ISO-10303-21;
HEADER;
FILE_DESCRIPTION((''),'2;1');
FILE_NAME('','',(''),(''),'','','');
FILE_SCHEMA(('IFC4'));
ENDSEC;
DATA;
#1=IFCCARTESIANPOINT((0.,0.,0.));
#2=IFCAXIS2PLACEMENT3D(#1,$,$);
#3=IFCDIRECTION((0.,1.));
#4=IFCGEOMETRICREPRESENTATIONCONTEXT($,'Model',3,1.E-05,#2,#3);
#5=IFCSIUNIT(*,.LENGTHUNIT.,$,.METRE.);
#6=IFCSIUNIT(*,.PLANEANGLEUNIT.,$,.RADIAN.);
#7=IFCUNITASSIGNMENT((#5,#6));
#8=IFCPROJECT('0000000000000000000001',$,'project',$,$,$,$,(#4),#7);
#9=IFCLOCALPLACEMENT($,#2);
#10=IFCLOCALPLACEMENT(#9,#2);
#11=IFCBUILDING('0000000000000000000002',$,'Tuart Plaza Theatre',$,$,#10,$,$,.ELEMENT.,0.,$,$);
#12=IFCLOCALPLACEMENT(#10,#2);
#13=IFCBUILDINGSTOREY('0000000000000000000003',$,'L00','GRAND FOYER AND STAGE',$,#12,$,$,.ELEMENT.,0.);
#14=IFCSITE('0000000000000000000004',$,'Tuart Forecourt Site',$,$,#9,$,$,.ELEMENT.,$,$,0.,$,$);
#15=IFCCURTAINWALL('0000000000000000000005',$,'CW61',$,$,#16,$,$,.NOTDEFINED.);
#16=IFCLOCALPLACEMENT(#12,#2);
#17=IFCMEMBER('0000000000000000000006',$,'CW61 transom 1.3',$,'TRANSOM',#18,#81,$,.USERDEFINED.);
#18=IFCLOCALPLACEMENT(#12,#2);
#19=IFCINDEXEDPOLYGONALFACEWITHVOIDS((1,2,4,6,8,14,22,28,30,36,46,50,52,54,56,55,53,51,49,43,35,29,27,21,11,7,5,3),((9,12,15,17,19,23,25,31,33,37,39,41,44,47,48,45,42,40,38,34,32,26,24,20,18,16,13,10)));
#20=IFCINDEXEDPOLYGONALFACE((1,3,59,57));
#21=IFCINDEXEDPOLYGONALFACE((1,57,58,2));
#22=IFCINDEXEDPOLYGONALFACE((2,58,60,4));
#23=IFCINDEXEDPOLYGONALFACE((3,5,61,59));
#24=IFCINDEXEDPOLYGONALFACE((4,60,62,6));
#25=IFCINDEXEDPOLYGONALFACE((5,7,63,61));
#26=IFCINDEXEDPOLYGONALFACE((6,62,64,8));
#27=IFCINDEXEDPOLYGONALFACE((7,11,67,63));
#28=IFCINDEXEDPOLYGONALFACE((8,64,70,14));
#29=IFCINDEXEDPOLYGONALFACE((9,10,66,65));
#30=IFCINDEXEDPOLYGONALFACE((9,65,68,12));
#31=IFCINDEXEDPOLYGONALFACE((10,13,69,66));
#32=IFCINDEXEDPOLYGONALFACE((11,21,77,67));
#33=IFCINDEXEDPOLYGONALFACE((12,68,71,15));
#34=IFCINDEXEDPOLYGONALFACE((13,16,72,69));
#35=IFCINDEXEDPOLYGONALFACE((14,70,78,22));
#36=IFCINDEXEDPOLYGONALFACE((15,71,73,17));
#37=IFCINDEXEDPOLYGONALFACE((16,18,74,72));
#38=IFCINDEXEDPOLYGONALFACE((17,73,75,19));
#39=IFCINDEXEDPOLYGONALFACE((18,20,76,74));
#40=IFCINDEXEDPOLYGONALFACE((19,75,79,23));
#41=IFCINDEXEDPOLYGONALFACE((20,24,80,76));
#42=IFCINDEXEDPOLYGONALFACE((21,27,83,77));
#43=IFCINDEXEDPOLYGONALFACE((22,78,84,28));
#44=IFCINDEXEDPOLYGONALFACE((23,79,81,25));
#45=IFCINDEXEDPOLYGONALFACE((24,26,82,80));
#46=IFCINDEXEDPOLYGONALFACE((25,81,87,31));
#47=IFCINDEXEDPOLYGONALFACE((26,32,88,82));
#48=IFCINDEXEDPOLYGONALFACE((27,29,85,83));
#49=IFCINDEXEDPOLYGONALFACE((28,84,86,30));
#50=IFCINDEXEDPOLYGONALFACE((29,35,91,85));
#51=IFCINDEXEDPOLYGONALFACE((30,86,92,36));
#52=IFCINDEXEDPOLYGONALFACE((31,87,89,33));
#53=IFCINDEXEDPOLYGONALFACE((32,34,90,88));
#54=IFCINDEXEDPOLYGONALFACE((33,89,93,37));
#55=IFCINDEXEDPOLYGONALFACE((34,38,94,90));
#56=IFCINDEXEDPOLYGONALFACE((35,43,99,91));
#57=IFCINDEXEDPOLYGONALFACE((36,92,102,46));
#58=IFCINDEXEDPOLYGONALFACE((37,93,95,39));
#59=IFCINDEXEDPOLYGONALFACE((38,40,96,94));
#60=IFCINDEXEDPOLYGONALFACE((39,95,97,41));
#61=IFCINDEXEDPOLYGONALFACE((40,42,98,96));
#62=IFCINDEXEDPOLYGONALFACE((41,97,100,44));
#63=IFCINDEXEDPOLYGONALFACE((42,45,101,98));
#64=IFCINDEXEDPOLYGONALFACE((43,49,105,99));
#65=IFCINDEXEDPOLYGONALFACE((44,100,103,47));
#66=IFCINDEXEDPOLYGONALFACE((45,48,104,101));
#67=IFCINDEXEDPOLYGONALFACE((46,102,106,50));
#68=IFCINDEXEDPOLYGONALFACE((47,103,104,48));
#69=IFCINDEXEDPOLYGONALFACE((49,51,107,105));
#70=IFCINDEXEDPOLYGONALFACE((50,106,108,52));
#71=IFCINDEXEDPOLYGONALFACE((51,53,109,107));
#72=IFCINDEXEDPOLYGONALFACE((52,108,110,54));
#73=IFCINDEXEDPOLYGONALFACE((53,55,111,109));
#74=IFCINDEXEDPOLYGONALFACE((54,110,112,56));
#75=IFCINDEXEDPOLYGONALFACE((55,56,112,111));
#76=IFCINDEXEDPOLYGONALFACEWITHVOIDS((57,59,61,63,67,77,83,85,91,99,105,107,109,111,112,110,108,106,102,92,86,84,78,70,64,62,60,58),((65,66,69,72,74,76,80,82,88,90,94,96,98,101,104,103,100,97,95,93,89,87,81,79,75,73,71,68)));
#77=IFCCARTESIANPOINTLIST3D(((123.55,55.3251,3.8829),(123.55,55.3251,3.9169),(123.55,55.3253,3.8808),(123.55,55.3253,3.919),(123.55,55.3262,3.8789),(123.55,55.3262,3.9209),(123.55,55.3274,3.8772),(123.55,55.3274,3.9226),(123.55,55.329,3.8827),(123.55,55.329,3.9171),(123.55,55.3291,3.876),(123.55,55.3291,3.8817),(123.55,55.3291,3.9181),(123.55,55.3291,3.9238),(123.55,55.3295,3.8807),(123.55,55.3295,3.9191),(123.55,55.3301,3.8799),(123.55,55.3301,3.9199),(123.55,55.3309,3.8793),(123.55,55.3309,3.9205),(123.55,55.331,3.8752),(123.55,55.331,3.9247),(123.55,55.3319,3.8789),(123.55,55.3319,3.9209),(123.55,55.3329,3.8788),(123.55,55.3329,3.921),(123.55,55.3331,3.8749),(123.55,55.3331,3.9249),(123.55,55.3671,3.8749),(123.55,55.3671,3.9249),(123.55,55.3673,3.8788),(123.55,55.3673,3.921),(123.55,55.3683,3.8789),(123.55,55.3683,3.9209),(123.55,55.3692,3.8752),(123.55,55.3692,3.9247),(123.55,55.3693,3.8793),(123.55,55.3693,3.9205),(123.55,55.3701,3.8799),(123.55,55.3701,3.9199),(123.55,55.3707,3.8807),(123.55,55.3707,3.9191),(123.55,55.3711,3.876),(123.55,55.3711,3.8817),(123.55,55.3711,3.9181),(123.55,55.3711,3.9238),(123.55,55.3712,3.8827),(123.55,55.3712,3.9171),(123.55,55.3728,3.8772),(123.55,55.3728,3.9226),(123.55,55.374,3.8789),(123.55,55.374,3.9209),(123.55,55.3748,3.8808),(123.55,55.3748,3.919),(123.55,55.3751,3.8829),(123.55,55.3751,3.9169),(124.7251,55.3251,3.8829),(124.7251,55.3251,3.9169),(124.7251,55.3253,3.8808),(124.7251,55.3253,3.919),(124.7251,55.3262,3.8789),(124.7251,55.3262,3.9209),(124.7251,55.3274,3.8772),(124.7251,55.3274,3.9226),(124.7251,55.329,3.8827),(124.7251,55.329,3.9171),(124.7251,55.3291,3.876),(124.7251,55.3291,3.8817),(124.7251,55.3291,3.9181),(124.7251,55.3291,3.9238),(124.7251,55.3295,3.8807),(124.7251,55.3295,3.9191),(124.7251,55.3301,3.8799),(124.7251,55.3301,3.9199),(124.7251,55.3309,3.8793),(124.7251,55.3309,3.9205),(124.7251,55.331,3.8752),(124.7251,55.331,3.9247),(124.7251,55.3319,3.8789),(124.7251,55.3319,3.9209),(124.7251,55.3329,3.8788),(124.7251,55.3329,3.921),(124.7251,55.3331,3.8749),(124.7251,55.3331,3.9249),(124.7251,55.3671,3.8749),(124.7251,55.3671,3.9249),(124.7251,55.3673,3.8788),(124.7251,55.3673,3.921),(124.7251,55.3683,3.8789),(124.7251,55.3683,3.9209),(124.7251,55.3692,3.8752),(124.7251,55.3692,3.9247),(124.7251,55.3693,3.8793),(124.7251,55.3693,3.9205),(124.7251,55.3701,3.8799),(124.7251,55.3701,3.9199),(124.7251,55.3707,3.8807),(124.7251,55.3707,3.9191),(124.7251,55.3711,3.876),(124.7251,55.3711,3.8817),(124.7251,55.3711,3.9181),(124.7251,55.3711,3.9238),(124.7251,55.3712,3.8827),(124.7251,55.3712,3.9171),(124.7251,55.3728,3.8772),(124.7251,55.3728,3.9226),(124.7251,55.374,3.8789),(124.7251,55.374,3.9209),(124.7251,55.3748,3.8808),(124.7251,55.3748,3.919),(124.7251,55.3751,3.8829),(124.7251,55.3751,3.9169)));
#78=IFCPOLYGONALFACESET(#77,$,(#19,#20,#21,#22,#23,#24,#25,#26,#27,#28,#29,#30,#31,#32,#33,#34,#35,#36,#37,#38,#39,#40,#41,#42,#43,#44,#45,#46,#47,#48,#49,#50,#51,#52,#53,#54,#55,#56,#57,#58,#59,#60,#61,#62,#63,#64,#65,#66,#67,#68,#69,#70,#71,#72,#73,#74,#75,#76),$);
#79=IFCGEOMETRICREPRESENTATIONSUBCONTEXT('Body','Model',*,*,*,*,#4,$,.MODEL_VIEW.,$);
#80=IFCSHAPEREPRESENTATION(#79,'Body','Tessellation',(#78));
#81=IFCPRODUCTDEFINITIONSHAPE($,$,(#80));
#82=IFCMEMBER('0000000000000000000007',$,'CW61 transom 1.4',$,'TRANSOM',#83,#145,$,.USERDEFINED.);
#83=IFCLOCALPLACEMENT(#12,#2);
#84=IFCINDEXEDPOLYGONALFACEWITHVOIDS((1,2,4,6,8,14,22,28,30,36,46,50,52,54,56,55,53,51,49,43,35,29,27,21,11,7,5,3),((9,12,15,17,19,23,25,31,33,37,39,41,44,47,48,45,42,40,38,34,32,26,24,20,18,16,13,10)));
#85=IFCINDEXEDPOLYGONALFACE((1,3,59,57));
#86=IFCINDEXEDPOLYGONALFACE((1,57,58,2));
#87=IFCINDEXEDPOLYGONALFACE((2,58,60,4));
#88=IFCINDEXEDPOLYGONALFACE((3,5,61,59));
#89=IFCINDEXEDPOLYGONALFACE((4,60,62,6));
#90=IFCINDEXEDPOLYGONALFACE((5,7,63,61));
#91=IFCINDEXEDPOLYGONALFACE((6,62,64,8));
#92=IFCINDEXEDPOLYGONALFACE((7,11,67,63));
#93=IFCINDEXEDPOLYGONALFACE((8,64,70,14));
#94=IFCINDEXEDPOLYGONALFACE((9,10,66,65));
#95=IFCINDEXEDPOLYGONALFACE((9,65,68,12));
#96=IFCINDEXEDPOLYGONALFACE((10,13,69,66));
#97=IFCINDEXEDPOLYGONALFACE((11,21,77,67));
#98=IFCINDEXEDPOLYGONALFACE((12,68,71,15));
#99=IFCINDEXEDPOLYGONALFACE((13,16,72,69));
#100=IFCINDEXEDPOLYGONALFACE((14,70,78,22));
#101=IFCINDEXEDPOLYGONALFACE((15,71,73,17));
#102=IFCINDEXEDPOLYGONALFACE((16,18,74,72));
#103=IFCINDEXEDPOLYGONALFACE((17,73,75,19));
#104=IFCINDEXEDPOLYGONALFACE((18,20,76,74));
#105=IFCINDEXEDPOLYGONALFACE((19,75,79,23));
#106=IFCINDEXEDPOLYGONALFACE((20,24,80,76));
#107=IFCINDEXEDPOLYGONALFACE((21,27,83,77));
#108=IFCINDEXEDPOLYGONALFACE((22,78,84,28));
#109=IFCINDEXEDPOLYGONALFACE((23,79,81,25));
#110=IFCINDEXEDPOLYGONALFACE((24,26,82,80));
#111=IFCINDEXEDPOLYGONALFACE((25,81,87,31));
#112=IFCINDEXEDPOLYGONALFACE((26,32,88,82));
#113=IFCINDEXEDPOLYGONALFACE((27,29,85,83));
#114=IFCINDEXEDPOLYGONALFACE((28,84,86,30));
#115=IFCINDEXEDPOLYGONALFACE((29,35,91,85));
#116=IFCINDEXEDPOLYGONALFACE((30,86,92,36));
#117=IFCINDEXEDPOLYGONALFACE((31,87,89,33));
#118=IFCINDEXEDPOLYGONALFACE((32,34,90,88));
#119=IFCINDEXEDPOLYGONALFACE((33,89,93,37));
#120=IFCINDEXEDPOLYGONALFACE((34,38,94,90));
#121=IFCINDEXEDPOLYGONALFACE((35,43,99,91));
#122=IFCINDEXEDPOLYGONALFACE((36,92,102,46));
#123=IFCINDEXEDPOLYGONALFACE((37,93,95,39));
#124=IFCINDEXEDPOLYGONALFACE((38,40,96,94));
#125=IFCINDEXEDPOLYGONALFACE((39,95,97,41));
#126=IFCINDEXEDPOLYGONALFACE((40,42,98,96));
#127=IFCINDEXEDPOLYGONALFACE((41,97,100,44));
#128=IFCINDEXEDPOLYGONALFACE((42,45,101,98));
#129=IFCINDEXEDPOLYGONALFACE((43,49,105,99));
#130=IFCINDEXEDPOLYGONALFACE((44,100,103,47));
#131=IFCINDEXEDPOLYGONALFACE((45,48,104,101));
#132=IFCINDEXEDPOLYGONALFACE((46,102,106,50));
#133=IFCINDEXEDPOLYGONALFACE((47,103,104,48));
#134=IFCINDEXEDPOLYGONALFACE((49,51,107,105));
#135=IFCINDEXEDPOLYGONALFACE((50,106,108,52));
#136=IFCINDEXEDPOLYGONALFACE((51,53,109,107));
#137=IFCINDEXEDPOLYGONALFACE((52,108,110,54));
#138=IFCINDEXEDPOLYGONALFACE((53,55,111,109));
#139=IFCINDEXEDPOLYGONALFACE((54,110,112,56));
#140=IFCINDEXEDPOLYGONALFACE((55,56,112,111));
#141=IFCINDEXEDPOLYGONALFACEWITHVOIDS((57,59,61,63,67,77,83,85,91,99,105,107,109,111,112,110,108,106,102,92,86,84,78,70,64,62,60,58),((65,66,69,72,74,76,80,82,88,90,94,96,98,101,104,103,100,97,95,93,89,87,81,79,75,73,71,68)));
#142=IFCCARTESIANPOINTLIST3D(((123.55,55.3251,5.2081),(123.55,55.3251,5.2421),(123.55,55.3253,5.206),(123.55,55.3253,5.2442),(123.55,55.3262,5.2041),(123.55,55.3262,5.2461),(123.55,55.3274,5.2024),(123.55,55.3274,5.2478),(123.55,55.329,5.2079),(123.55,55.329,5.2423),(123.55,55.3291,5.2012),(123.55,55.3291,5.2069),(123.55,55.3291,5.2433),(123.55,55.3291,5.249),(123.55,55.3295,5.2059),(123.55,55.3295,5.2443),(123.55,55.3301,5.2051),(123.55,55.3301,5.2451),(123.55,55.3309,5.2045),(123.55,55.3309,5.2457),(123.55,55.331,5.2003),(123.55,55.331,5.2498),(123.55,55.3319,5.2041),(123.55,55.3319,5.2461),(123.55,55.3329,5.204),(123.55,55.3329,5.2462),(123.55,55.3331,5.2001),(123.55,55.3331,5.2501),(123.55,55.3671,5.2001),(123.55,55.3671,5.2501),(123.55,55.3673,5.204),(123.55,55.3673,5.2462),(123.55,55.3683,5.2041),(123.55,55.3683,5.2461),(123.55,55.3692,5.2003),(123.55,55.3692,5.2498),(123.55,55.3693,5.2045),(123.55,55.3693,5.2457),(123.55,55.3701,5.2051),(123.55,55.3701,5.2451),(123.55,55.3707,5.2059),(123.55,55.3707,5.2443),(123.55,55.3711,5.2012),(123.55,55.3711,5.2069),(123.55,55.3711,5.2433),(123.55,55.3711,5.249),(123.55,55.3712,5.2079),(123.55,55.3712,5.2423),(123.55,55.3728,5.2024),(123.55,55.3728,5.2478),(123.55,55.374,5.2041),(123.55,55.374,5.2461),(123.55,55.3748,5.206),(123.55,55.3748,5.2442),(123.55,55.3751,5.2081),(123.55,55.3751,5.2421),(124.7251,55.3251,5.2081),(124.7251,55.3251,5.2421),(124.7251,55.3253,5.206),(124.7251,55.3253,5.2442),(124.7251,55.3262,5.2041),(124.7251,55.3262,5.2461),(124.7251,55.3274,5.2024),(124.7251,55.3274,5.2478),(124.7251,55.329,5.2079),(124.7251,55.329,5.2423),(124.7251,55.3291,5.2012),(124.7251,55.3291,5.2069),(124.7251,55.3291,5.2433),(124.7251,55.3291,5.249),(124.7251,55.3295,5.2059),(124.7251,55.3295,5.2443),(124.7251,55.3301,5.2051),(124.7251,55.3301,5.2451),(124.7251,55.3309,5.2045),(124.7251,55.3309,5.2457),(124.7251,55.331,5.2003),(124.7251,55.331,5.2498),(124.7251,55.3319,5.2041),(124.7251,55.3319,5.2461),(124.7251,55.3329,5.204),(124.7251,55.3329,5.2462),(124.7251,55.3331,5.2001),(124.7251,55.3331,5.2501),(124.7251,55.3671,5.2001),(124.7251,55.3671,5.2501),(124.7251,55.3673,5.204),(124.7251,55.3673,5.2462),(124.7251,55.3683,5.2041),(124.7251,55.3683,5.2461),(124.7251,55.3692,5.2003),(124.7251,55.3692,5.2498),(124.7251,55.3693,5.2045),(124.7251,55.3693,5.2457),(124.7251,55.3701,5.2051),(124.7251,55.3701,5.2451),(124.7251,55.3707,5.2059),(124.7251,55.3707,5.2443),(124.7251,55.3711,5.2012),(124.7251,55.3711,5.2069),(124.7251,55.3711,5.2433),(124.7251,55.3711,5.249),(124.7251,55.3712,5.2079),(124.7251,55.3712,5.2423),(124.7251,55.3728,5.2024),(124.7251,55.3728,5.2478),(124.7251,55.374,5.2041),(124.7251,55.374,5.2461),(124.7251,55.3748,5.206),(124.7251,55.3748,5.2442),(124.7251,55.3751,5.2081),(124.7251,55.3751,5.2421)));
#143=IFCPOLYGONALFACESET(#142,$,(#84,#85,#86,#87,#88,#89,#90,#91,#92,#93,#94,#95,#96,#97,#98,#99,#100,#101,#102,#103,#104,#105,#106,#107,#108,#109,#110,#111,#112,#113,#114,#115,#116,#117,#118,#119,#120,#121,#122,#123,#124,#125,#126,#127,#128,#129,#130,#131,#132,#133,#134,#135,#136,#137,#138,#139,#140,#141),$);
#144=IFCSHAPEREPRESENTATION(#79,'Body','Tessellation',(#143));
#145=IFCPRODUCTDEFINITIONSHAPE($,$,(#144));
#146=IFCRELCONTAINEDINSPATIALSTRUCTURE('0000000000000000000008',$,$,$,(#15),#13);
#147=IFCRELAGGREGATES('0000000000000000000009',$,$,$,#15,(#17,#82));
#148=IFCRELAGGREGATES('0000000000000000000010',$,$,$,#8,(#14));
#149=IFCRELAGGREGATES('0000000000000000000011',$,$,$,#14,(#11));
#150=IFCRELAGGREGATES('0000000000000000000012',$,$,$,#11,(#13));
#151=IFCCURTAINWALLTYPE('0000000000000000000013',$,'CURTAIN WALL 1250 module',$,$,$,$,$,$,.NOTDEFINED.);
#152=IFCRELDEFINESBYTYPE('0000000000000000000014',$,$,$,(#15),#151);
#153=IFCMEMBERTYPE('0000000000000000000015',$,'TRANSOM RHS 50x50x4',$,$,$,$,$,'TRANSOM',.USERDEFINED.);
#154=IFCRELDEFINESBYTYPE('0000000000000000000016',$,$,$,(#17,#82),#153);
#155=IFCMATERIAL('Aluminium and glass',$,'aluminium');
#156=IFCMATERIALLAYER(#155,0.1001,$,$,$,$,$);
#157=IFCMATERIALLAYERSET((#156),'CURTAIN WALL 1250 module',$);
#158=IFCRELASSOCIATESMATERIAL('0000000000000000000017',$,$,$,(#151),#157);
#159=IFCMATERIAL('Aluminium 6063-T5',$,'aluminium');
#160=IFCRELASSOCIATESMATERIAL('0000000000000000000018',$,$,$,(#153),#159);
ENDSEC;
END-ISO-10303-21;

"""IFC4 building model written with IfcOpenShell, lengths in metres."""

from ifc_helpers import new_model, si_unit, direction, frame, origin, origin_2d, place, context, subcontext, project, spatial, hollow_rectangle, extrude, material, layer, layer_set, material_profile, profile_set, type_object, element, aggregate, save


model = new_model("IFC4")

# Units and contexts
model_context = context("Model", 3, precision=1e-05, world=origin(), true_north=direction((0.0, 1.0)))
body_context = subcontext(model_context, "Body", "Model", "MODEL_VIEW")
ifc_project = project(units=[si_unit("LENGTHUNIT", "METRE"), si_unit("PLANEANGLEUNIT", "RADIAN")], contexts=[model_context])

# Site, building, storey
site_placement = place(None, origin())
site = spatial("IfcSite", under=ifc_project, at=site_placement, Name="Tuart Forecourt Site", CompositionType="ELEMENT", RefElevation=0.0)
building_placement = place(site_placement, origin())
building = spatial("IfcBuilding", under=site, at=building_placement, Name="Tuart Plaza Theatre", CompositionType="ELEMENT", ElevationOfRefHeight=0.0)
storey_placement = place(building_placement, origin())
storey = spatial("IfcBuildingStorey", under=building, at=storey_placement, Name="L00", Description="GRAND FOYER AND STAGE", CompositionType="ELEMENT", Elevation=0.0)

# Curtain wall
ifc_material_1 = material(Name="Aluminium and glass", Category="aluminium")
ifc_layer_1 = layer(ifc_material_1, 0.1001)
ifc_layer_set_1 = layer_set([ifc_layer_1], Name="CURTAIN WALL 1250 module")
curtain_wall_type_1 = type_object("IfcCurtainWallType", Name="CURTAIN WALL 1250 module", PredefinedType="NOTDEFINED", material=ifc_layer_set_1)
curtain_wall_1_placement = place(storey_placement, origin())
curtain_wall_1 = element("IfcCurtainWall", 1, at=curtain_wall_1_placement, inside=storey, type_object=curtain_wall_type_1, Name="CW61", PredefinedType="NOTDEFINED")

# Members
ifc_material_2 = material(Name="Aluminium 6063-T5", Category="aluminium")
ifc_material_profile_1 = material_profile(ifc_material_2, hollow_rectangle(XDim=0.05, YDim=0.05, WallThickness=0.0039, InnerFilletRadius=0.0039, OuterFilletRadius=0.0081, at=origin_2d()), Name="RHS 50x50x4")
ifc_profile_set_1 = profile_set([ifc_material_profile_1], Name="Aluminium 6063-T5")
member_type_1 = type_object("IfcMemberType", Name="TRANSOM RHS 50x50x4", ElementType="TRANSOM", PredefinedType="USERDEFINED", material=ifc_profile_set_1)
member_1_placement = place(storey_placement, frame((123.55, 55.3501, 3.8999), z_axis=(1.0, 0.0, 0.0), x_axis=(0.0, 1.0, 0.0)))
member_1 = element("IfcMember", 2, at=member_1_placement, type_object=member_type_1, Name="CW61 transom 1.3", ObjectType="TRANSOM", PredefinedType="USERDEFINED", context=body_context, shape_type="SweptSolid", body=[
    extrude(hollow_rectangle(XDim=0.05, YDim=0.05, WallThickness=0.0039, InnerFilletRadius=0.0039, OuterFilletRadius=0.0081, at=origin_2d()), origin(), (0.0, 0.0, 1.0), 1.175),
])
member_2_placement = place(storey_placement, frame((123.55, 55.3501, 5.2251), z_axis=(1.0, 0.0, 0.0), x_axis=(0.0, 1.0, 0.0)))
member_2 = element("IfcMember", 3, at=member_2_placement, type_object=member_type_1, Name="CW61 transom 1.4", ObjectType="TRANSOM", PredefinedType="USERDEFINED", context=body_context, shape_type="SweptSolid", body=[
    extrude(hollow_rectangle(XDim=0.05, YDim=0.05, WallThickness=0.0039, InnerFilletRadius=0.0039, OuterFilletRadius=0.0081, at=origin_2d()), origin(), (0.0, 0.0, 1.0), 1.175),
])

aggregate(curtain_wall_1, [member_1, member_2])

save(model, "model.ifc")
